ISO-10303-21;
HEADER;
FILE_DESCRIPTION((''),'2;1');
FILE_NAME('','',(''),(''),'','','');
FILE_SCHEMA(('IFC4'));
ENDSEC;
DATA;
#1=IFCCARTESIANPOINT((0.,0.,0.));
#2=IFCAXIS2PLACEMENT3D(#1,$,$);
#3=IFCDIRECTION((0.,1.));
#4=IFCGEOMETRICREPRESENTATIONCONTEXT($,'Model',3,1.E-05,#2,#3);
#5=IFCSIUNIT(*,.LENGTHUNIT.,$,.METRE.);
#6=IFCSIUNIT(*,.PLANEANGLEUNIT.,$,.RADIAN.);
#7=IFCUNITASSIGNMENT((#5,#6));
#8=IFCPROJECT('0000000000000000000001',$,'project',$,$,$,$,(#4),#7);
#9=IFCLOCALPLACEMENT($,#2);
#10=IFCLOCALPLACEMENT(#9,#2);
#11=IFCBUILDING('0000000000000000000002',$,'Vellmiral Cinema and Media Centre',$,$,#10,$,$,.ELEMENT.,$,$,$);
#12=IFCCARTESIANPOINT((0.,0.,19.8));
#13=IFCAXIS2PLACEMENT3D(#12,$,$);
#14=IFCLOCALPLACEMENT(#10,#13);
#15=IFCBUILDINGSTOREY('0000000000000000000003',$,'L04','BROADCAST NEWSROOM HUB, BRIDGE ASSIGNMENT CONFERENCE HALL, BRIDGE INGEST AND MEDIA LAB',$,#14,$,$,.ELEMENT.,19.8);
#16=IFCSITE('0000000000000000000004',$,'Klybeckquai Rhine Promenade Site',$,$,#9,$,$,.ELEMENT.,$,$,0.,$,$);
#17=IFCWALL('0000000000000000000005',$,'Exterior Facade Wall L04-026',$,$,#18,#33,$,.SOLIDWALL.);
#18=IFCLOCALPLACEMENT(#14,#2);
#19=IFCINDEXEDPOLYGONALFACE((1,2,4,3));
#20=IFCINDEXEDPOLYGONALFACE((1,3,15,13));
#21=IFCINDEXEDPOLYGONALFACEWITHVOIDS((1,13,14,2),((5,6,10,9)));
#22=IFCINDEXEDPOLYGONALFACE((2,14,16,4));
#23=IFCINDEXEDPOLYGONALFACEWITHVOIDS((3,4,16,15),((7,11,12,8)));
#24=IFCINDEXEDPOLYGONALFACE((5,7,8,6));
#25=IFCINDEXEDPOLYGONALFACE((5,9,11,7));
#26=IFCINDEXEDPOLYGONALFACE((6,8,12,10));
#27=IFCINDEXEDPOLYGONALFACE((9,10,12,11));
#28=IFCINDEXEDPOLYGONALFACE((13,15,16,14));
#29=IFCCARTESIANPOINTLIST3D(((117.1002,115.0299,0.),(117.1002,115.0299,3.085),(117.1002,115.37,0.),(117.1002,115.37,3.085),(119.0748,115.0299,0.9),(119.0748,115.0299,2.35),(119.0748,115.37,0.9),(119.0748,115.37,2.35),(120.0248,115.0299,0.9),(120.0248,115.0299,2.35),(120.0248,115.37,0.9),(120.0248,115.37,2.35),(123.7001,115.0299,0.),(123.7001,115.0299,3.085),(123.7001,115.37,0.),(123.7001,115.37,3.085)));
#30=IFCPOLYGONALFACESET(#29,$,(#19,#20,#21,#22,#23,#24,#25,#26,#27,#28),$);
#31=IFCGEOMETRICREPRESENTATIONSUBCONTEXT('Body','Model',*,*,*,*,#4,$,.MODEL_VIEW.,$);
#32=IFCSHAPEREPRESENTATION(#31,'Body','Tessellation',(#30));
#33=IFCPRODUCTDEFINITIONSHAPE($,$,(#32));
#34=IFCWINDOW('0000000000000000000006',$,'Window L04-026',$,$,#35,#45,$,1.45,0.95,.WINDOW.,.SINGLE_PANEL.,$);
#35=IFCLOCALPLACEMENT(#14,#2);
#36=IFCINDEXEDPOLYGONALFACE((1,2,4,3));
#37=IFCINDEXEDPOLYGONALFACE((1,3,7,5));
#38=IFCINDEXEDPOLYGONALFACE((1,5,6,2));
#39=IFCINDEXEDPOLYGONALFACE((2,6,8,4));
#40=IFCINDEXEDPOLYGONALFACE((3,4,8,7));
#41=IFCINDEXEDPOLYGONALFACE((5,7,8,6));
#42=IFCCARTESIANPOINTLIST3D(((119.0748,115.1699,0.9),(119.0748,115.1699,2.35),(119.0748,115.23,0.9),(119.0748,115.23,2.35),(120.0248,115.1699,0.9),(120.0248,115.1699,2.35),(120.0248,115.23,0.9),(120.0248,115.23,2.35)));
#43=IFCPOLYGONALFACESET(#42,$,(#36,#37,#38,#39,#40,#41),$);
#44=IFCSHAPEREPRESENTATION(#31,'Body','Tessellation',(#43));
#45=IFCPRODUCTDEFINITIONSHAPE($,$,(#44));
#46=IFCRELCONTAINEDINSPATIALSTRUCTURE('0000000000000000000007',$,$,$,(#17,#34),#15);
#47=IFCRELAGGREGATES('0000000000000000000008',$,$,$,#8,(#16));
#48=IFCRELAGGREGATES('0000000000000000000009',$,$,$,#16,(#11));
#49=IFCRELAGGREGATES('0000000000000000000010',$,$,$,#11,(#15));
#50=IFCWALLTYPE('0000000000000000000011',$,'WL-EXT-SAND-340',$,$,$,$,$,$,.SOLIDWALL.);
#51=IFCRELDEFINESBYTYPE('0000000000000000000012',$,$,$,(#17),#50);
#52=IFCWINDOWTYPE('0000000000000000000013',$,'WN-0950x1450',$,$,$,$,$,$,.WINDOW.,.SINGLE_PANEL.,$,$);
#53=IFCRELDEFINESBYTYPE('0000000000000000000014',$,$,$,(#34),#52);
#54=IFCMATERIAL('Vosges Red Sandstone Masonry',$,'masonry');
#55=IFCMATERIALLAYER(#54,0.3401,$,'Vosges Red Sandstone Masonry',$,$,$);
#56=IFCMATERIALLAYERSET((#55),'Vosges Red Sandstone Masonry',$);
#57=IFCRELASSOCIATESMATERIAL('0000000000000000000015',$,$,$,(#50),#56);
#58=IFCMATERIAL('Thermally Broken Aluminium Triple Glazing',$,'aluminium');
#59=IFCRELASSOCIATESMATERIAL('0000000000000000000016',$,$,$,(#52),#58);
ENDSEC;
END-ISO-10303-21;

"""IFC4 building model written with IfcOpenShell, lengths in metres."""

from ifc_helpers import new_model, si_unit, direction, frame, frame_2d, origin, place, context, subcontext, project, spatial, rectangle, extrude, material, layer, layer_set, type_object, element, fill, save


model = new_model("IFC4")

# Units and contexts
model_context = context("Model", 3, precision=1e-05, world=origin(), true_north=direction((0.0, 1.0)))
body_context = subcontext(model_context, "Body", "Model", "MODEL_VIEW")
ifc_project = project(units=[si_unit("LENGTHUNIT", "METRE"), si_unit("PLANEANGLEUNIT", "RADIAN")], contexts=[model_context])

# Site, building, storey
site_placement = place(None, origin())
site = spatial("IfcSite", under=ifc_project, at=site_placement, Name="Klybeckquai Rhine Promenade Site", CompositionType="ELEMENT", RefElevation=0.0)
building_placement = place(site_placement, origin())
building = spatial("IfcBuilding", under=site, at=building_placement, Name="Vellmiral Cinema and Media Centre", CompositionType="ELEMENT")
storey_placement = place(building_placement, frame((0.0, 0.0, 19.8)))
storey = spatial("IfcBuildingStorey", under=building, at=storey_placement, Name="L04", Description="BROADCAST NEWSROOM HUB, BRIDGE ASSIGNMENT CONFERENCE HALL, BRIDGE INGEST AND MEDIA LAB", CompositionType="ELEMENT", Elevation=19.8)

# Wall, opening, window
ifc_material_1 = material(Name="Vosges Red Sandstone Masonry", Category="masonry")
ifc_layer_1 = layer(ifc_material_1, 0.3401, Name="Vosges Red Sandstone Masonry")
ifc_layer_set_1 = layer_set([ifc_layer_1], Name="Vosges Red Sandstone Masonry")
wall_type = type_object("IfcWallType", Name="WL-EXT-SAND-340", PredefinedType="SOLIDWALL", material=ifc_layer_set_1)
wall_placement = place(storey_placement, frame((123.7, 115.2, 0.0), z_axis=(0.0, 0.0, 1.0), x_axis=(-1.0, 0.0, 0.0)))
wall = element("IfcWall", 1, at=wall_placement, inside=storey, type_object=wall_type, Name="Exterior Facade Wall L04-026", PredefinedType="SOLIDWALL", context=body_context, shape_type="SweptSolid", body=[
    extrude(rectangle(XDim=6.5999, YDim=0.3401, at=frame_2d((3.2998, 0.0))), origin(), (0.0, 0.0, 1.0), 3.085),
])
opening_placement = place(wall_placement, frame((3.675, 0.0, 0.8999)))
opening = element("IfcOpeningElement", 2, at=opening_placement, cuts=wall, PredefinedType="OPENING", context=body_context, shape_type="SweptSolid", body=[
    extrude(rectangle(XDim=0.95, YDim=1.45, at=frame_2d((0.4751, 0.7251))), frame((0.0, 0.1821, 0.0), z_axis=(0.0, -1.0, 0.0), x_axis=(1.0, 0.0, 0.0)), (0.0, 0.0, 1.0), 0.364),
])
ifc_material_2 = material(Name="Thermally Broken Aluminium Triple Glazing", Category="aluminium")
window_type = type_object("IfcWindowType", Name="WN-0950x1450", PartitioningType="SINGLE_PANEL", PredefinedType="WINDOW", material=ifc_material_2)
window_placement = place(opening_placement, origin())
window = element("IfcWindow", 3, at=window_placement, inside=storey, type_object=window_type, Name="Window L04-026", OverallHeight=1.45, OverallWidth=0.95, PartitioningType="SINGLE_PANEL", PredefinedType="WINDOW", context=body_context, shape_type="SweptSolid", body=[
    extrude(rectangle(XDim=0.95, YDim=1.45, at=frame_2d((0.4751, 0.7251))), frame((0.0, 0.03, 0.0), z_axis=(0.0, -1.0, 0.0), x_axis=(1.0, 0.0, 0.0)), (0.0, 0.0, 1.0), 0.0601),
])
fill(opening, window)

save(model, "model.ifc")
